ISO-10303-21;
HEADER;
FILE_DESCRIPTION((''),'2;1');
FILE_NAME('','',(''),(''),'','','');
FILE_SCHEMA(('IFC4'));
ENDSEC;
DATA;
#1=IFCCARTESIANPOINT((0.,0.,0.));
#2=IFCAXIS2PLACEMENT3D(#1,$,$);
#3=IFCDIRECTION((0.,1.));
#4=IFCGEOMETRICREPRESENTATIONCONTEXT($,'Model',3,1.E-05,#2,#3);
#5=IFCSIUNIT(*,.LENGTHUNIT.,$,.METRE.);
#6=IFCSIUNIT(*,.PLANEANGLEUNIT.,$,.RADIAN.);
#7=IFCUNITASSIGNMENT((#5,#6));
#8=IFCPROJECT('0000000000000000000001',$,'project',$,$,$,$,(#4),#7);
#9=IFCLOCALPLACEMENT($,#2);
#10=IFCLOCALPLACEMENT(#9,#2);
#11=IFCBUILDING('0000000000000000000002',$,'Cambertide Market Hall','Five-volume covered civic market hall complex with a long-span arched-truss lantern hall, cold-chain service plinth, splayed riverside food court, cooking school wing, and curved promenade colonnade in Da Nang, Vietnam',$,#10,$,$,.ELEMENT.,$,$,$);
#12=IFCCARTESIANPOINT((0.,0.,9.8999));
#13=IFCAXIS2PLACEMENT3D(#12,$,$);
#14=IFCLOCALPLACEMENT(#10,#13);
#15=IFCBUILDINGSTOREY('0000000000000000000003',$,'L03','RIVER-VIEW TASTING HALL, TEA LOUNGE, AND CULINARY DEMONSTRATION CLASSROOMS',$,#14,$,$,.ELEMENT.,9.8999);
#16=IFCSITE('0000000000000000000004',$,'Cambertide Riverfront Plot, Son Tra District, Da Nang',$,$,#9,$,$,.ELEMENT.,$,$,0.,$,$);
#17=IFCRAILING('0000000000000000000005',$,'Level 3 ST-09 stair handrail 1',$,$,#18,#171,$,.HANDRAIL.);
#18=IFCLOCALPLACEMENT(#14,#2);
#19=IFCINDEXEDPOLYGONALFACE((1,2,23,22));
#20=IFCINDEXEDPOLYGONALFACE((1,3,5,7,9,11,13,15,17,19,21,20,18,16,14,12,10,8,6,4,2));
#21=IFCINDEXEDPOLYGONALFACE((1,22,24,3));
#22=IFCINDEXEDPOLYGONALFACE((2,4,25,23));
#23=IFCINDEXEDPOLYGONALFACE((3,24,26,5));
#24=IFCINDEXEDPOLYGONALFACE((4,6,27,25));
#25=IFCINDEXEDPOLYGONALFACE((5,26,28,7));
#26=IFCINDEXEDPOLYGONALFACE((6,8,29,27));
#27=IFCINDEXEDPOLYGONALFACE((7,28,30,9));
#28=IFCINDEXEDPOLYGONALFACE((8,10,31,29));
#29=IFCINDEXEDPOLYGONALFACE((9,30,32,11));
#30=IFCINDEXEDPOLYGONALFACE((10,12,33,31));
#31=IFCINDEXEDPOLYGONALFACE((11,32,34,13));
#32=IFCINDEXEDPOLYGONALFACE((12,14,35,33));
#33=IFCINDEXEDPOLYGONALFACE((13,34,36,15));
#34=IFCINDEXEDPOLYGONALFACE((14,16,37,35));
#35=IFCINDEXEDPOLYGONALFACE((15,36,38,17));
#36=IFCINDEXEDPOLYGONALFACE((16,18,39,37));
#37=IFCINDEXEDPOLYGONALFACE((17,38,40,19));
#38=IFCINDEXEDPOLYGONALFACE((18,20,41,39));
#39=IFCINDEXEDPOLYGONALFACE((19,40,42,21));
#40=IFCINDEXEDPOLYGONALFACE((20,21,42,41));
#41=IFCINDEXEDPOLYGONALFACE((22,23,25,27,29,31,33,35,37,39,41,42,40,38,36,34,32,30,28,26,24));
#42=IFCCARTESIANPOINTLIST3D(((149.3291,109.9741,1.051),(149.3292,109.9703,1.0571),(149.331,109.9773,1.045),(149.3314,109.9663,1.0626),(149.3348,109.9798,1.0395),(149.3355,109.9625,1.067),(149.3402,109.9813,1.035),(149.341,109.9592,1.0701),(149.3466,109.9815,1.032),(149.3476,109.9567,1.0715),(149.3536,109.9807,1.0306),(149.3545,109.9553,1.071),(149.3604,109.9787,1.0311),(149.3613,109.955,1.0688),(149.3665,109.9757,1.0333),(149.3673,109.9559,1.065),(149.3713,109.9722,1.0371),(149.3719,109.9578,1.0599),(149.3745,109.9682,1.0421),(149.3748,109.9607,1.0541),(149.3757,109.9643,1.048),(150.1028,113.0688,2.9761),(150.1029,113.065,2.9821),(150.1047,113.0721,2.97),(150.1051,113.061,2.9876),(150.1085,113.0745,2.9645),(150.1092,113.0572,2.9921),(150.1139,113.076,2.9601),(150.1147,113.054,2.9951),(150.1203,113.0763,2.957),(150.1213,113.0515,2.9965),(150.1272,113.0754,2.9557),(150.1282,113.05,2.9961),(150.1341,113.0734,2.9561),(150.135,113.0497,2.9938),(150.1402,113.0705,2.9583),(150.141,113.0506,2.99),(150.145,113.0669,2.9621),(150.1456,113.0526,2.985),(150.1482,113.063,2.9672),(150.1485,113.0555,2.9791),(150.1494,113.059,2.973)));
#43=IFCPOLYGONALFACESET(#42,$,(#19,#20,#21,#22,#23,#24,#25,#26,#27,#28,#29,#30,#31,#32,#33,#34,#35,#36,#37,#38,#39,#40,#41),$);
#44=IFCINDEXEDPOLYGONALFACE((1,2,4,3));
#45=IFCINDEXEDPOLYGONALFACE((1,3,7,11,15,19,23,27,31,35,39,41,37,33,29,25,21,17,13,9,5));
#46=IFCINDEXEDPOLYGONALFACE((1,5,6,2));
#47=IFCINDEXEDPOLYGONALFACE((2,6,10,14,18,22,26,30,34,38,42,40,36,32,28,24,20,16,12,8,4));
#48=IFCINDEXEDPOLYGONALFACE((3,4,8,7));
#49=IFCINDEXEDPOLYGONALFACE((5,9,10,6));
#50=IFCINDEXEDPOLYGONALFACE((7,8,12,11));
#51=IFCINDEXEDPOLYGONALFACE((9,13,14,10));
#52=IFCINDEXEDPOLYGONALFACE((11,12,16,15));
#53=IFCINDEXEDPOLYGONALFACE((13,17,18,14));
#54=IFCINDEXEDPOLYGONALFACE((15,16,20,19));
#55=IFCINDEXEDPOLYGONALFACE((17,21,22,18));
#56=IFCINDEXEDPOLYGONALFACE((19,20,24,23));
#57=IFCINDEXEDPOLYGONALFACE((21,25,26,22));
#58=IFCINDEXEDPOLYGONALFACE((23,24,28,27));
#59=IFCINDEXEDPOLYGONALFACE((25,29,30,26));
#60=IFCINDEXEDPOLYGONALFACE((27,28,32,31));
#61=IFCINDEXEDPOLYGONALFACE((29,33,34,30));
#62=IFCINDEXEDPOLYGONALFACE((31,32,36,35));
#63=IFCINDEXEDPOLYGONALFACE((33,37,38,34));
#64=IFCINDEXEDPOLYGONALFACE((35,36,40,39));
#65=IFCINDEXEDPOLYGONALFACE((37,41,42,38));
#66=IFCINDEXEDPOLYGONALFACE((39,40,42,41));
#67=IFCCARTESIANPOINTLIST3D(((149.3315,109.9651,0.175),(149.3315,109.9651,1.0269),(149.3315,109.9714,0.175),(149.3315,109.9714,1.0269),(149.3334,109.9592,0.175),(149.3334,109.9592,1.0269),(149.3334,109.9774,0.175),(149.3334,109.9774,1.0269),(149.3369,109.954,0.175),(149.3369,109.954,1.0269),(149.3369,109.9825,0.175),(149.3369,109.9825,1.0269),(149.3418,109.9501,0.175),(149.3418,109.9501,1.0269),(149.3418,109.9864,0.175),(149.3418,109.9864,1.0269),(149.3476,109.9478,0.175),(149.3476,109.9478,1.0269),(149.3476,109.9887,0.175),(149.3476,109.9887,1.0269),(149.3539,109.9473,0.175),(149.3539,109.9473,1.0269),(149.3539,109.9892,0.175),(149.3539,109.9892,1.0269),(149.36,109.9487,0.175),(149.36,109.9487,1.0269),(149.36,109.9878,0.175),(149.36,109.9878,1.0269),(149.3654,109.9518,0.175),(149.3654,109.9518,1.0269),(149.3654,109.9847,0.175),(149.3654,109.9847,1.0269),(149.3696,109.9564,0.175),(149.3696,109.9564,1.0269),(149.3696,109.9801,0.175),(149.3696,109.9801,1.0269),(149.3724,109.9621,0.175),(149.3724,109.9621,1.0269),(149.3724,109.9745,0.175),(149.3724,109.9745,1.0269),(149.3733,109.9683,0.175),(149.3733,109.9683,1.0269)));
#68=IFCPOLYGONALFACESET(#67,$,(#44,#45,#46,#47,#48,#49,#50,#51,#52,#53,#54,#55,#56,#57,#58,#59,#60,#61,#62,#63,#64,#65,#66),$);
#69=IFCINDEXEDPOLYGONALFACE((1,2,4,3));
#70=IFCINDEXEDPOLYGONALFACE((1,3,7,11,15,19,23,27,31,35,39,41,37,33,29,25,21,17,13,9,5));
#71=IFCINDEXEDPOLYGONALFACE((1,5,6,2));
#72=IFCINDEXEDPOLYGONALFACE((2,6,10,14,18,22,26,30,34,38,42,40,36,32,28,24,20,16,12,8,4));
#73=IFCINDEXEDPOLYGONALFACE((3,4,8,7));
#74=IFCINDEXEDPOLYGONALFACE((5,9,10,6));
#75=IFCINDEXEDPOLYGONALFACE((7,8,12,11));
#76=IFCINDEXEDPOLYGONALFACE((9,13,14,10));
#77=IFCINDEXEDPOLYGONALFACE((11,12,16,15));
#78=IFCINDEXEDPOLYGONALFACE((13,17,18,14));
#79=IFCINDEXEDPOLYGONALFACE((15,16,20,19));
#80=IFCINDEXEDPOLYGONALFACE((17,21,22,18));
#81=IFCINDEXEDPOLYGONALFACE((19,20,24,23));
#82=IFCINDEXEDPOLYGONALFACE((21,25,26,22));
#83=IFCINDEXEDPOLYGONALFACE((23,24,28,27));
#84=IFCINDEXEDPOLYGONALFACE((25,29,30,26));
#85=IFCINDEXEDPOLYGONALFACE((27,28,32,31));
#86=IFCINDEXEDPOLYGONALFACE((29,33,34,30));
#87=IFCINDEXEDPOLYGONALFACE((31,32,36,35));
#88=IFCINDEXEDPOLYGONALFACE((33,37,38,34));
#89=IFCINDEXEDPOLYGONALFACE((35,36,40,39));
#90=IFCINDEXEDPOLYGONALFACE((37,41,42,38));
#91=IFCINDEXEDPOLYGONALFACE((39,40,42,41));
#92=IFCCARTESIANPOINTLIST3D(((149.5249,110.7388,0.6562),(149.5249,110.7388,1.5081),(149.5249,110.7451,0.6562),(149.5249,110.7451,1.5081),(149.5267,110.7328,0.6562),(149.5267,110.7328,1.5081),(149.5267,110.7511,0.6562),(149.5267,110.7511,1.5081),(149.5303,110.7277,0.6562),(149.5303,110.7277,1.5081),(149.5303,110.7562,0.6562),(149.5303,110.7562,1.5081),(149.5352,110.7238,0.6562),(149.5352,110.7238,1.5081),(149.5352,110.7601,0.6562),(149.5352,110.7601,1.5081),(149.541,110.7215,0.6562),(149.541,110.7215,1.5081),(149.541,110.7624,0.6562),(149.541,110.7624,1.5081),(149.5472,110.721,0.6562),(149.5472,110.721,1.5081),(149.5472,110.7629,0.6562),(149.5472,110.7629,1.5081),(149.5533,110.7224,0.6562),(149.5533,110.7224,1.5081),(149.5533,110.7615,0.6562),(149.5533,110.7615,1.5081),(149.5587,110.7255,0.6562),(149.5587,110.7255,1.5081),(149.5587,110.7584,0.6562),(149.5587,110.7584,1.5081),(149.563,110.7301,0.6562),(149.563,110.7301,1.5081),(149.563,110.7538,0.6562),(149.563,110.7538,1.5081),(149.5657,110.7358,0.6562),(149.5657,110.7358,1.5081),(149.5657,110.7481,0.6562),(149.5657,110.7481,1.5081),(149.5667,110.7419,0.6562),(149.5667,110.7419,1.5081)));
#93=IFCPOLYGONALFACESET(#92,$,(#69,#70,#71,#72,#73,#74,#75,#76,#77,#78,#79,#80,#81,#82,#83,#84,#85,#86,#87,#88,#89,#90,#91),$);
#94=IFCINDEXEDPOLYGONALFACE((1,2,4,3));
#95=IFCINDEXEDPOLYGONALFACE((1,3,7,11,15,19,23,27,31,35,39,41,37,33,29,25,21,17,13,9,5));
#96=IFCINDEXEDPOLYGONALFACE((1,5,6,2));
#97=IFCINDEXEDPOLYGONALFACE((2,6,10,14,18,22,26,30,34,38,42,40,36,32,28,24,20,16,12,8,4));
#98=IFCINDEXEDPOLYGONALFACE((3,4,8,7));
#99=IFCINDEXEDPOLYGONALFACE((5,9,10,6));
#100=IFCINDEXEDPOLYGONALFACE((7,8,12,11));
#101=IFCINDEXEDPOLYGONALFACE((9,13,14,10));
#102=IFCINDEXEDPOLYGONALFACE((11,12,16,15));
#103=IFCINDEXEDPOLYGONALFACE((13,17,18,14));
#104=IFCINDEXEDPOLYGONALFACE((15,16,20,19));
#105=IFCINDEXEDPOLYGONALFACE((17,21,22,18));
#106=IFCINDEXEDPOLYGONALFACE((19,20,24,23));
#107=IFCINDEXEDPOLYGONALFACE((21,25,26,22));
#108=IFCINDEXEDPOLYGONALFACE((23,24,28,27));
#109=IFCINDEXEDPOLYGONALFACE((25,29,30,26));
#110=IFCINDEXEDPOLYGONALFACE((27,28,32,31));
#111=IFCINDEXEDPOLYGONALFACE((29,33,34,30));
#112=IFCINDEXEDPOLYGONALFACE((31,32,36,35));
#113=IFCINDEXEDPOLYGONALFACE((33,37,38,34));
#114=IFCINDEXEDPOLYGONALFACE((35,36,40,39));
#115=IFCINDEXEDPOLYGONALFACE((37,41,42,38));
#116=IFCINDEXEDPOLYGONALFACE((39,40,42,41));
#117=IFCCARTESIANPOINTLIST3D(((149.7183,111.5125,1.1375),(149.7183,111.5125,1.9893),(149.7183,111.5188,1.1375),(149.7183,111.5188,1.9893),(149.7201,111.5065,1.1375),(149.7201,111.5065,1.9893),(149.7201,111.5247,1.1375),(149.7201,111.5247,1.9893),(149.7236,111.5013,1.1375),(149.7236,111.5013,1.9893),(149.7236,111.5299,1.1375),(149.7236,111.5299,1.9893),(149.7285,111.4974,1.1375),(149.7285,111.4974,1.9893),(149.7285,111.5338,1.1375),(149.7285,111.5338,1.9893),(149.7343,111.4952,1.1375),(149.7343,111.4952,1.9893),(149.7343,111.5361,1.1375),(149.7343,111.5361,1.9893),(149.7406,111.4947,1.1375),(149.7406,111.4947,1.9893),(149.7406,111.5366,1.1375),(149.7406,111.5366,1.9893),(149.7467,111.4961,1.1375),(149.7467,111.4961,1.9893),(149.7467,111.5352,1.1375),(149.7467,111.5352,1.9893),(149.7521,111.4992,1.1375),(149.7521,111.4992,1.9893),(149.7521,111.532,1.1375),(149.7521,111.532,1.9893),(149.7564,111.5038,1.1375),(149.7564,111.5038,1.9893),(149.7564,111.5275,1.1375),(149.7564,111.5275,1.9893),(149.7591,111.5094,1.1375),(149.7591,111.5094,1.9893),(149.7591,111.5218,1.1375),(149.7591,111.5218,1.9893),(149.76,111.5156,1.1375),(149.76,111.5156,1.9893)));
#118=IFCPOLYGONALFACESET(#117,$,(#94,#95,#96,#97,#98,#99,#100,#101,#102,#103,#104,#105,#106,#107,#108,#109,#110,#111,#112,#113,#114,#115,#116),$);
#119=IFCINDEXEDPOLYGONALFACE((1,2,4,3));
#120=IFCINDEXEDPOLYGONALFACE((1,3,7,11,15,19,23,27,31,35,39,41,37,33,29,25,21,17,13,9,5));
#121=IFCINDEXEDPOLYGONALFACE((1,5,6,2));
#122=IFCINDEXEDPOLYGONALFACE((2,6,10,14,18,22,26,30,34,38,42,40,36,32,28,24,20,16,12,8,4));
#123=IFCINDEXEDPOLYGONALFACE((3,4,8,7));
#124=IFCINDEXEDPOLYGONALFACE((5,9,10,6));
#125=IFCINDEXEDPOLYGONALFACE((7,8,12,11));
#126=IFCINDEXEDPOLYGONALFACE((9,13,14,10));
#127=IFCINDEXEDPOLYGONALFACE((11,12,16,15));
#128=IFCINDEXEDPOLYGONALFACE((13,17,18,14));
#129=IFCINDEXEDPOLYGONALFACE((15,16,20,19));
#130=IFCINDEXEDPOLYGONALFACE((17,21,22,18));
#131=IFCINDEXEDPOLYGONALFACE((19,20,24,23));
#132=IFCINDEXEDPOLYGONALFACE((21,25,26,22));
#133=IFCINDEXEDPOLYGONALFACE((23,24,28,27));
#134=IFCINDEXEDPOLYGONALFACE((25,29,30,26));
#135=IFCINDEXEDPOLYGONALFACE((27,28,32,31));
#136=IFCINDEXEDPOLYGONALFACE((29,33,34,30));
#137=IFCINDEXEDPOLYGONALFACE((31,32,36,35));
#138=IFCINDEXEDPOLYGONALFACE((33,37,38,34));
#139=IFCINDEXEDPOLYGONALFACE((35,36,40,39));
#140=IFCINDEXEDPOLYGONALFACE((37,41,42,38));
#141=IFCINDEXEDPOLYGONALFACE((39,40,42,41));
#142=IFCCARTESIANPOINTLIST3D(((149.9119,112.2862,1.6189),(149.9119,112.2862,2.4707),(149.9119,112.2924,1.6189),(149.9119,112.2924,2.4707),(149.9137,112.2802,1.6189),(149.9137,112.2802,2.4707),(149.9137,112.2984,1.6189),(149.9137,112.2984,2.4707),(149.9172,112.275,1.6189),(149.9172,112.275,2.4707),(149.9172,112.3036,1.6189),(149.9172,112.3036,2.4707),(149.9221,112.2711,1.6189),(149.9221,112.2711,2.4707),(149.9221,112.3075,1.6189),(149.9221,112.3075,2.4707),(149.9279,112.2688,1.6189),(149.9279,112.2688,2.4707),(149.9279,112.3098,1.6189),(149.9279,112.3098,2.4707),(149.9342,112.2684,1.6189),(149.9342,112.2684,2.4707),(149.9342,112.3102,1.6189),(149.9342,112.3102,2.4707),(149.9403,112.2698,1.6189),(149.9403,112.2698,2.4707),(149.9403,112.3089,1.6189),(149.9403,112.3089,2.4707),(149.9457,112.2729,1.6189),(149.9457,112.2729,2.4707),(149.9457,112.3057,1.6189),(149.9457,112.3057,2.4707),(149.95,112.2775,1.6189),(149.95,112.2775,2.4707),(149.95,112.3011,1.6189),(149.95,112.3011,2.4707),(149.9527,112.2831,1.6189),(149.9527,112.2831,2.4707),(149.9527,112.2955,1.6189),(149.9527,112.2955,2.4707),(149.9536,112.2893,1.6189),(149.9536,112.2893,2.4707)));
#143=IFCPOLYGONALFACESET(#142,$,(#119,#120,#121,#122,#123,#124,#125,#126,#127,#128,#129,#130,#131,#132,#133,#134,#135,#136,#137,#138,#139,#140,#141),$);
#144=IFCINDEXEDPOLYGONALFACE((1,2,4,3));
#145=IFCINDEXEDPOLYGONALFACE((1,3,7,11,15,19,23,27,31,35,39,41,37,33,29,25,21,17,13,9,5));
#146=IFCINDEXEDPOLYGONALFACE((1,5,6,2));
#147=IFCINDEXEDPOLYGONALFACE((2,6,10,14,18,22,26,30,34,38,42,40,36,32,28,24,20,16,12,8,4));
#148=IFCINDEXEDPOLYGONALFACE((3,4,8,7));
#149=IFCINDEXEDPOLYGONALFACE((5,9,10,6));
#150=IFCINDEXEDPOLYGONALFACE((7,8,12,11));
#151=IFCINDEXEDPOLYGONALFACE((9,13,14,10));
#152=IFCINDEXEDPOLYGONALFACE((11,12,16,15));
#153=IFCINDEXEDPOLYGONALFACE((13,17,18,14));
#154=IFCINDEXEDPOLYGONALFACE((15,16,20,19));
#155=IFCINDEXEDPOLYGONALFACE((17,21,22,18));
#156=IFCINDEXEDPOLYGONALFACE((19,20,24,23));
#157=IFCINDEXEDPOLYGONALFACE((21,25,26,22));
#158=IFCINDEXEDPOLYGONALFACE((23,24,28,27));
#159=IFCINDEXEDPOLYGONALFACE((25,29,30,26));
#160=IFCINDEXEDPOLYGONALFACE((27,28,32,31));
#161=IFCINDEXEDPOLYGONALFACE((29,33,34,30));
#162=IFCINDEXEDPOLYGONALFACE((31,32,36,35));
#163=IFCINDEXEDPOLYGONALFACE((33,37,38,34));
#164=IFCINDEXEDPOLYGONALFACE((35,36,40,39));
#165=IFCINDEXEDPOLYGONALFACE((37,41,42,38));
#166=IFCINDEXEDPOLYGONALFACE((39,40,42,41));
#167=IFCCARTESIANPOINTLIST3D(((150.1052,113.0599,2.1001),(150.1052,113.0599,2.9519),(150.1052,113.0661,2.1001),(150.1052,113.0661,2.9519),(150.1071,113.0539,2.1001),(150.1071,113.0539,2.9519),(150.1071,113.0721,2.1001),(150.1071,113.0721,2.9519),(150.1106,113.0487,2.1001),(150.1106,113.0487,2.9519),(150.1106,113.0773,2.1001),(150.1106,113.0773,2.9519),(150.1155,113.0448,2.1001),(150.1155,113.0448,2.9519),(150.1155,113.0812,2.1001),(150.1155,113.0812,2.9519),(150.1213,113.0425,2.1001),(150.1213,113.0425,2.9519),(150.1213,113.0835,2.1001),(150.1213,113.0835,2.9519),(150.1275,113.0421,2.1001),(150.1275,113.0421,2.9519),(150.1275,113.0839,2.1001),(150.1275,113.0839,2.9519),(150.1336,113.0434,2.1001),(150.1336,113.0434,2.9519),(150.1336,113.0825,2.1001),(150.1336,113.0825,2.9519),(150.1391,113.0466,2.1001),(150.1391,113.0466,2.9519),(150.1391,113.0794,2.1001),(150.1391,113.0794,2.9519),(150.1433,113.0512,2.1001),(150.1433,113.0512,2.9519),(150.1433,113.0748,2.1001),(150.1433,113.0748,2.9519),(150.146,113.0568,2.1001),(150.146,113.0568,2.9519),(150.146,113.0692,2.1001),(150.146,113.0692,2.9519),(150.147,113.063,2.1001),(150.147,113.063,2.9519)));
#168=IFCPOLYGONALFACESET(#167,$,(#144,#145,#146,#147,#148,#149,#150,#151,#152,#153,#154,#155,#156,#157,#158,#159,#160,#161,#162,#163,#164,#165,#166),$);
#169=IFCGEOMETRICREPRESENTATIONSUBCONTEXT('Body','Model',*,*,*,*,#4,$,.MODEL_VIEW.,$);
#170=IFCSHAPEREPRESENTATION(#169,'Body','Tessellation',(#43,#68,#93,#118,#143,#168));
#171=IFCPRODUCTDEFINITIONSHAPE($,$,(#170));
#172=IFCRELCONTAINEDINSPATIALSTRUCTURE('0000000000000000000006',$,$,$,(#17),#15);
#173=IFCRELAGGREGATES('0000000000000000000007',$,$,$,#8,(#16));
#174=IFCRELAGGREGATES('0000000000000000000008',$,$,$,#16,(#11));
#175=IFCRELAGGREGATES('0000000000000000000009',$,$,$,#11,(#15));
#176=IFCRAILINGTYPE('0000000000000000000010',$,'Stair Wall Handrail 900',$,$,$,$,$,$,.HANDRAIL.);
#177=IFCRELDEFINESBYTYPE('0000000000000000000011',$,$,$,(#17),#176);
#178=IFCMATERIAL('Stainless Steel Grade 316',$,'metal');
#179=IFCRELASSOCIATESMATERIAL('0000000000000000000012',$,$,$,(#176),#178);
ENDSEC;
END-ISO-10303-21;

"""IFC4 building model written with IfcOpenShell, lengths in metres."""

from ifc_helpers import new_model, si_unit, direction, frame, origin, origin_2d, place, context, subcontext, project, spatial, circle, extrude, material, type_object, element, save


model = new_model("IFC4")

# Units and contexts
model_context = context("Model", 3, precision=1e-05, world=origin(), true_north=direction((0.0, 1.0)))
body_context = subcontext(model_context, "Body", "Model", "MODEL_VIEW")
ifc_project = project(units=[si_unit("LENGTHUNIT", "METRE"), si_unit("PLANEANGLEUNIT", "RADIAN")], contexts=[model_context])

# Site, building, storey
site_placement = place(None, origin())
site = spatial("IfcSite", under=ifc_project, at=site_placement, Name="Cambertide Riverfront Plot, Son Tra District, Da Nang", CompositionType="ELEMENT", RefElevation=0.0)
building_placement = place(site_placement, origin())
building = spatial("IfcBuilding", under=site, at=building_placement, Name="Cambertide Market Hall", Description="Five-volume covered civic market hall complex with a long-span arched-truss lantern hall, cold-chain service plinth, splayed riverside food court, cooking school wing, and curved promenade colonnade in Da Nang, Vietnam", CompositionType="ELEMENT")
storey_placement = place(building_placement, frame((0.0, 0.0, 9.8999)))
storey = spatial("IfcBuildingStorey", under=building, at=storey_placement, Name="L03", Description="RIVER-VIEW TASTING HALL, TEA LOUNGE, AND CULINARY DEMONSTRATION CLASSROOMS", CompositionType="ELEMENT", Elevation=9.8999)

# Railing
ifc_material_1 = material(Name="Stainless Steel Grade 316", Category="metal")
railing_type_1 = type_object("IfcRailingType", Name="Stair Wall Handrail 900", PredefinedType="HANDRAIL", material=ifc_material_1)
railing_1_placement = place(storey_placement, frame((149.3523, 109.9683, 0.175)))
element("IfcRailing", 1, at=railing_1_placement, inside=storey, type_object=railing_type_1, Name="Level 3 ST-09 stair handrail 1", PredefinedType="HANDRAIL", context=body_context, shape_type="SweptSolid", body=[
    extrude(circle(Radius=0.0239, at=origin_2d()), frame((0.0, 0.0, 0.876), z_axis=(0.207654, 0.830616, 0.516678), x_axis=(-0.970143, 0.242536, 0.0)), (0.0, 0.0, 1.0), 3.7258),
    extrude(circle(Radius=0.021, at=origin_2d()), origin(), (0.0, 0.0, 1.0), 0.8518),
    extrude(circle(Radius=0.021, at=origin_2d()), frame((0.1934, 0.7737, 0.4812)), (0.0, 0.0, 1.0), 0.8518),
    extrude(circle(Radius=0.021, at=origin_2d()), frame((0.3867, 1.5474, 0.9624)), (0.0, 0.0, 1.0), 0.8518),
    extrude(circle(Radius=0.021, at=origin_2d()), frame((0.5803, 2.321, 1.4438)), (0.0, 0.0, 1.0), 0.8518),
    extrude(circle(Radius=0.021, at=origin_2d()), frame((0.7737, 3.0947, 1.925)), (0.0, 0.0, 1.0), 0.8518),
])

save(model, "model.ifc")
